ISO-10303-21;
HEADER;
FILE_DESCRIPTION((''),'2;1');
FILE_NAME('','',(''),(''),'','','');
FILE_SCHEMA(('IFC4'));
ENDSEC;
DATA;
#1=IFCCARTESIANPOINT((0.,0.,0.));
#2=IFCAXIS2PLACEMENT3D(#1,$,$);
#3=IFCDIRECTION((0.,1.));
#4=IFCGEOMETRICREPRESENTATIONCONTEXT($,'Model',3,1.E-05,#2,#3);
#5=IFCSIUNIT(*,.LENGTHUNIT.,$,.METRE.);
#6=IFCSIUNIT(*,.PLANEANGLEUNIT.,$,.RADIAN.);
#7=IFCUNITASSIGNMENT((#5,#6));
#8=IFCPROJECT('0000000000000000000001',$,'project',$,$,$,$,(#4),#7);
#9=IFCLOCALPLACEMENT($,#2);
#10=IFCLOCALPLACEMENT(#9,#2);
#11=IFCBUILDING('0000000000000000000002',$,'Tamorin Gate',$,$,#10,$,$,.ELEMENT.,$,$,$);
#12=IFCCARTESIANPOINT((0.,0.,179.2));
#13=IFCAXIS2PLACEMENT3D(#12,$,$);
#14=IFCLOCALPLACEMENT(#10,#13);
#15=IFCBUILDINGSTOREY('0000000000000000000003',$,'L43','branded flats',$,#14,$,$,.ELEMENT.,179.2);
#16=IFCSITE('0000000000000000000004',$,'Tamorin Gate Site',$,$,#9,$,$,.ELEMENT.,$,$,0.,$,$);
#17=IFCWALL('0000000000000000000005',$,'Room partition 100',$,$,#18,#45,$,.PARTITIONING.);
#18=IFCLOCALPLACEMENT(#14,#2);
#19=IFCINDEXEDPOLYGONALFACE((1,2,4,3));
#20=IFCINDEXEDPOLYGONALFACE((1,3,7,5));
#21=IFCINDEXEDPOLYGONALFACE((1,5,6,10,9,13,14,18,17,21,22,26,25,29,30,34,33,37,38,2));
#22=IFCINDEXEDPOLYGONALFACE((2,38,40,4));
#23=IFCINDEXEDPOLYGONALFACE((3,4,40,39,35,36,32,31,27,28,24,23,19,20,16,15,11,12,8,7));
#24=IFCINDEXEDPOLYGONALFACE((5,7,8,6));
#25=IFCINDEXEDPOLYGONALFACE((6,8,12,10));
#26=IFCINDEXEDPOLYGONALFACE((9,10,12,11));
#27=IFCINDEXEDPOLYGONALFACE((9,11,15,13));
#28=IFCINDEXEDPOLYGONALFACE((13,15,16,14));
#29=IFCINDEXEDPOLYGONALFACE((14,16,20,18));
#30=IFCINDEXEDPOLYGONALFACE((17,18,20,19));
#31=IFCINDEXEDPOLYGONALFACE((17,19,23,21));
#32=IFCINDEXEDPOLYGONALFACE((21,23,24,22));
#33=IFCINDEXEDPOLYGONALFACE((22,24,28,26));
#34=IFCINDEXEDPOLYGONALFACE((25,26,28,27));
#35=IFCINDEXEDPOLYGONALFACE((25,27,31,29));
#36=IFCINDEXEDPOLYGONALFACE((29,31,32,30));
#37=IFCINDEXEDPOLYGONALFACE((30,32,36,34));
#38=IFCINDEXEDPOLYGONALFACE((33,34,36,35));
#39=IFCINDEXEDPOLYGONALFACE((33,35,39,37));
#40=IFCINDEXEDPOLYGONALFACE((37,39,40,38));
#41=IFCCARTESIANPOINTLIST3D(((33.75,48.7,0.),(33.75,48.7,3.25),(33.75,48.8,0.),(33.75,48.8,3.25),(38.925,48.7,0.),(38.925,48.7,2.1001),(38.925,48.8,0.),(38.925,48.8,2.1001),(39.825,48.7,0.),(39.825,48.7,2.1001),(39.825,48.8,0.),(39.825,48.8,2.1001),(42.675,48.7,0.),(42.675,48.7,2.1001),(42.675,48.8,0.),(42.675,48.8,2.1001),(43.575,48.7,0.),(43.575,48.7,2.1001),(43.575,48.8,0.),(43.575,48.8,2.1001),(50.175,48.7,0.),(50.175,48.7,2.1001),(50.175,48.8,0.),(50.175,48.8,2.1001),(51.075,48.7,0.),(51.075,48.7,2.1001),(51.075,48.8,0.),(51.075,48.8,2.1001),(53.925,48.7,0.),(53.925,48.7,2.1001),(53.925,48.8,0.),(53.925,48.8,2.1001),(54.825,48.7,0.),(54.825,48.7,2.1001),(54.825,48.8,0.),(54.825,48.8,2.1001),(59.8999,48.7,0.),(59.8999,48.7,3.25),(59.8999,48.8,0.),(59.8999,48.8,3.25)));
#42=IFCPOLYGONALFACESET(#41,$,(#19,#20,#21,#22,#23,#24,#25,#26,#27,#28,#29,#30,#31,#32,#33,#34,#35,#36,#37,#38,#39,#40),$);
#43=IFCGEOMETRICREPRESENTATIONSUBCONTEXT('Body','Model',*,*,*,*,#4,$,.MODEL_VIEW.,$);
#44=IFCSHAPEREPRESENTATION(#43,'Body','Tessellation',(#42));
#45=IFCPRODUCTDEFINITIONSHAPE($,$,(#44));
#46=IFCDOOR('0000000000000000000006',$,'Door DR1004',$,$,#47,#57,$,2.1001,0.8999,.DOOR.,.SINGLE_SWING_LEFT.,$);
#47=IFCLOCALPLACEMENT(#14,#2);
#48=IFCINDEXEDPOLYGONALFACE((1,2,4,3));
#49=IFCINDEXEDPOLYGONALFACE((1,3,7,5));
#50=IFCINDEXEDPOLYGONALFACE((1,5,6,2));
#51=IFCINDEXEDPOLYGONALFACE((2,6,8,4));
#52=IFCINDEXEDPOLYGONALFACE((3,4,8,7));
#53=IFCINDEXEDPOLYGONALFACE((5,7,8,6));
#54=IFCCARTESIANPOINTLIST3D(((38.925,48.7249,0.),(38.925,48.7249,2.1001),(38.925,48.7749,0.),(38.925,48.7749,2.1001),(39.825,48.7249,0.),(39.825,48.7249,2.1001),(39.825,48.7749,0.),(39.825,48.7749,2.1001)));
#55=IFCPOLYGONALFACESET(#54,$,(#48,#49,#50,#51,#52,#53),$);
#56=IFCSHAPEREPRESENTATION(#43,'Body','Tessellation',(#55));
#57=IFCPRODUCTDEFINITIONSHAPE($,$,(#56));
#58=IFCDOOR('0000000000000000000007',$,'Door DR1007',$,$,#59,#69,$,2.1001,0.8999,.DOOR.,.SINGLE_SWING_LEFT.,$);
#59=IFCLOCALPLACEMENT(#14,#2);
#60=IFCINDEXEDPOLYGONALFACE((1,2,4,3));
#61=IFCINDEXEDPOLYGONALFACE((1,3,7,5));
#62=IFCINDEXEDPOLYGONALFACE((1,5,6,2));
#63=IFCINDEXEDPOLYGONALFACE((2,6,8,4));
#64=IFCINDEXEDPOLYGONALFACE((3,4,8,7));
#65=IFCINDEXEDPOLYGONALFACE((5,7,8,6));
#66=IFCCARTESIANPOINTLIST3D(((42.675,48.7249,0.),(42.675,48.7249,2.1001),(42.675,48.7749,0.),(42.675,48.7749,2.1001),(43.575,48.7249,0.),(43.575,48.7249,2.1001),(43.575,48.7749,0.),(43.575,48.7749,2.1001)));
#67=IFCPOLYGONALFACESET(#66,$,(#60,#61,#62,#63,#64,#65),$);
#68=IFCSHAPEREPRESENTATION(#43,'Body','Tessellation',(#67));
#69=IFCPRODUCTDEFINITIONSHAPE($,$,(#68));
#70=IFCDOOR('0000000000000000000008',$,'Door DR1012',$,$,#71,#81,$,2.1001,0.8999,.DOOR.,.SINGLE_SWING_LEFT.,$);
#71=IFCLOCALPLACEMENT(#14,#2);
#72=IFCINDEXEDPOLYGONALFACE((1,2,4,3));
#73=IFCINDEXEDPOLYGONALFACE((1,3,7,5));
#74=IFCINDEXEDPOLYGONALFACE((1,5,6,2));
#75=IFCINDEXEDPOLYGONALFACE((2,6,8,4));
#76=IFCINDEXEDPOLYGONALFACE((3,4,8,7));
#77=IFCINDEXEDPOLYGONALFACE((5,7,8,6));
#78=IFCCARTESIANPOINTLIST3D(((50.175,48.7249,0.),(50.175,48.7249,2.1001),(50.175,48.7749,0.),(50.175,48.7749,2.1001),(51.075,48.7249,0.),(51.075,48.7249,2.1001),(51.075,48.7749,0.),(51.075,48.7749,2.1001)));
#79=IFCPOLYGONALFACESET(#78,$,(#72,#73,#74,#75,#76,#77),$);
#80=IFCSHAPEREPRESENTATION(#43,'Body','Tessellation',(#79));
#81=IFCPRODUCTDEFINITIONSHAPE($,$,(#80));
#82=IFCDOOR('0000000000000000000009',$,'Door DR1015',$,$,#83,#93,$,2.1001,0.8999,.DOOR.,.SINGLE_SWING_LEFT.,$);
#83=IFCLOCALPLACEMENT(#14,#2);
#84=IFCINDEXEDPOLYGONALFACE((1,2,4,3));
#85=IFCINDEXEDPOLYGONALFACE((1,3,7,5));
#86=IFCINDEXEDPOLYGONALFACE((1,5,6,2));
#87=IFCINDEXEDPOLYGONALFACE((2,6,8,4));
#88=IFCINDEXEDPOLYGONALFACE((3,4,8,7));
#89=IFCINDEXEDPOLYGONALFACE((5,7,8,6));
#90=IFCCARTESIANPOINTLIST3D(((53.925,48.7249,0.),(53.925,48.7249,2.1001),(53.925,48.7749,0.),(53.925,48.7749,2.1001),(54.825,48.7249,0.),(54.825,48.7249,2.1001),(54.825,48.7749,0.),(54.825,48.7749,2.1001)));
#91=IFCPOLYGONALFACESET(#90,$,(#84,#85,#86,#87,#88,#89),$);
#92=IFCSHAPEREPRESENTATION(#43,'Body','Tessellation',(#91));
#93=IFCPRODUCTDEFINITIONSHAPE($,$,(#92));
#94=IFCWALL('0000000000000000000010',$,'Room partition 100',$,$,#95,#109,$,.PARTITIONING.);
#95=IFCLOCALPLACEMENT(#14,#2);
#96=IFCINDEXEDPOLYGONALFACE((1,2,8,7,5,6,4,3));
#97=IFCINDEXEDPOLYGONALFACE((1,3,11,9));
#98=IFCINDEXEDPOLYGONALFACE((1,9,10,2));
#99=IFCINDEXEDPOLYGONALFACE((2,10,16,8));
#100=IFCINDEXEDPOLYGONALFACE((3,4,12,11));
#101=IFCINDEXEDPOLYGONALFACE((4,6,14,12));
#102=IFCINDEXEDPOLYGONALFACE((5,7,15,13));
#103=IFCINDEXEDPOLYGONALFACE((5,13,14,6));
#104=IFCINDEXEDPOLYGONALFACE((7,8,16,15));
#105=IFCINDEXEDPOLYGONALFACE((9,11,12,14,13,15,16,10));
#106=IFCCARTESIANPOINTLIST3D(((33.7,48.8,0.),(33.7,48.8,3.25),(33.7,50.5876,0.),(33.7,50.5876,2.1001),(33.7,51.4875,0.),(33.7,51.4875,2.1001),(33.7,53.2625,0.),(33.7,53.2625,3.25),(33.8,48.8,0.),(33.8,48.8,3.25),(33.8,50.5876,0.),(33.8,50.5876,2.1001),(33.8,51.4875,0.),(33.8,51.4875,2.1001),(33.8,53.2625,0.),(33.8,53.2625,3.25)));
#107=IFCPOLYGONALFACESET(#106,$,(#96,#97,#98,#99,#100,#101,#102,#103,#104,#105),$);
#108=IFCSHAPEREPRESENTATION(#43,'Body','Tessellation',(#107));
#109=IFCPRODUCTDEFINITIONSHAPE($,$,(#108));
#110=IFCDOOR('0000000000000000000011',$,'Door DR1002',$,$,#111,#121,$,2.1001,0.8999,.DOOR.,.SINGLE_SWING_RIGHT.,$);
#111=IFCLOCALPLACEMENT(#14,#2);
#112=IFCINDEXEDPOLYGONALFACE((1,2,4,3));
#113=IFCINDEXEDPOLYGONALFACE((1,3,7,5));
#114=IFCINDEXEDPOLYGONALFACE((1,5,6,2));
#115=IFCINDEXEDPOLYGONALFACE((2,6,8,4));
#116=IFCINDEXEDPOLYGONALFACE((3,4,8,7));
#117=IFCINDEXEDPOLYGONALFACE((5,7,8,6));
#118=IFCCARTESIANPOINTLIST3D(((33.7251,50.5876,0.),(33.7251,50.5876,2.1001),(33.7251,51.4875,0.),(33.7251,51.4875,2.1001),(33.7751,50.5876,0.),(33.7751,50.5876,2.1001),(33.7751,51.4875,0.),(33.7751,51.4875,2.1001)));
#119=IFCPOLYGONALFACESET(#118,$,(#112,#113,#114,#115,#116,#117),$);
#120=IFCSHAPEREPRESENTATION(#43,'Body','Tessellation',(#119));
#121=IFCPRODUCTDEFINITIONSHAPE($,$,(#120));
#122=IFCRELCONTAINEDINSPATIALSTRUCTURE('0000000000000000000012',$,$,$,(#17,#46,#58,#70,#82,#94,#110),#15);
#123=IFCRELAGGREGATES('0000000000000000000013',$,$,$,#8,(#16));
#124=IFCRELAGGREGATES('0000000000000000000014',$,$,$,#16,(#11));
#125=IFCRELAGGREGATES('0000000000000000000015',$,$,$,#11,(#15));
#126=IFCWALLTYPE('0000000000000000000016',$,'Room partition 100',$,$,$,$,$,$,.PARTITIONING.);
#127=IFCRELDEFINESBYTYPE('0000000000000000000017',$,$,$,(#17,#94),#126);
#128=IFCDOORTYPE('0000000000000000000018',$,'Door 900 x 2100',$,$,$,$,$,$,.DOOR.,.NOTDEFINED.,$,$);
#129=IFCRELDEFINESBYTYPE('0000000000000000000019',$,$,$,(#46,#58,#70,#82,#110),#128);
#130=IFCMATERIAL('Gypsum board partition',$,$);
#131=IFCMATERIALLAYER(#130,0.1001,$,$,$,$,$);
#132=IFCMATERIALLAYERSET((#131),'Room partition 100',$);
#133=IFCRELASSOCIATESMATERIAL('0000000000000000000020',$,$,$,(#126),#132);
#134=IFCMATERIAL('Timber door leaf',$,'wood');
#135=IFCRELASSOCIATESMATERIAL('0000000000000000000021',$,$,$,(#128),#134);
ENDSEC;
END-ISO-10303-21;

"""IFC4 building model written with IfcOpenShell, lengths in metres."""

from ifc_helpers import new_model, si_unit, direction, frame, frame_2d, origin, place, context, subcontext, project, spatial, rectangle, extrude, material, layer, layer_set, type_object, element, fill, save


model = new_model("IFC4")

# Units and contexts
model_context = context("Model", 3, precision=1e-05, world=origin(), true_north=direction((0.0, 1.0)))
body_context = subcontext(model_context, "Body", "Model", "MODEL_VIEW")
ifc_project = project(units=[si_unit("LENGTHUNIT", "METRE"), si_unit("PLANEANGLEUNIT", "RADIAN")], contexts=[model_context])

# Site, building, storey
site_placement = place(None, origin())
site = spatial("IfcSite", under=ifc_project, at=site_placement, Name="Tamorin Gate Site", CompositionType="ELEMENT", RefElevation=0.0)
building_placement = place(site_placement, origin())
building = spatial("IfcBuilding", under=site, at=building_placement, Name="Tamorin Gate", CompositionType="ELEMENT")
storey_placement = place(building_placement, frame((0.0, 0.0, 179.2)))
storey = spatial("IfcBuildingStorey", under=building, at=storey_placement, Name="L43", Description="branded flats", CompositionType="ELEMENT", Elevation=179.2)

# Wall, openings, doors
ifc_material_1 = material(Name="Gypsum board partition")
ifc_layer_1 = layer(ifc_material_1, 0.1001)
ifc_layer_set_1 = layer_set([ifc_layer_1], Name="Room partition 100")
wall_type_1 = type_object("IfcWallType", Name="Room partition 100", PredefinedType="PARTITIONING", material=ifc_layer_set_1)
wall_1_placement = place(storey_placement, frame((33.75, 48.75, 0.0), z_axis=(0.0, 0.0, 1.0), x_axis=(1.0, 0.0, 0.0)))
wall_1 = element("IfcWall", 1, at=wall_1_placement, inside=storey, type_object=wall_type_1, Name="Room partition 100", PredefinedType="PARTITIONING", context=body_context, shape_type="SweptSolid", body=[
    extrude(rectangle(XDim=26.1499, YDim=0.1001, at=frame_2d((13.075, 0.0))), origin(), (0.0, 0.0, 1.0), 3.25),
])
opening_1_placement = place(wall_1_placement, frame((5.175, 0.0, 0.0)))
opening_1 = element("IfcOpeningElement", 2, at=opening_1_placement, cuts=wall_1, PredefinedType="OPENING", context=body_context, shape_type="SweptSolid", body=[
    extrude(rectangle(XDim=0.8999, YDim=2.1001, at=frame_2d((0.45, 1.05))), frame((0.0, 0.0601, 0.0), z_axis=(0.0, -1.0, 0.0), x_axis=(1.0, 0.0, 0.0)), (0.0, 0.0, 1.0), 0.1201),
])
opening_2_placement = place(wall_1_placement, frame((8.925, 0.0, 0.0)))
opening_2 = element("IfcOpeningElement", 3, at=opening_2_placement, cuts=wall_1, PredefinedType="OPENING", context=body_context, shape_type="SweptSolid", body=[
    extrude(rectangle(XDim=0.8999, YDim=2.1001, at=frame_2d((0.45, 1.05))), frame((0.0, 0.0601, 0.0), z_axis=(0.0, -1.0, 0.0), x_axis=(1.0, 0.0, 0.0)), (0.0, 0.0, 1.0), 0.1201),
])
opening_3_placement = place(wall_1_placement, frame((16.425, 0.0, 0.0)))
opening_3 = element("IfcOpeningElement", 4, at=opening_3_placement, cuts=wall_1, PredefinedType="OPENING", context=body_context, shape_type="SweptSolid", body=[
    extrude(rectangle(XDim=0.8999, YDim=2.1001, at=frame_2d((0.45, 1.05))), frame((0.0, 0.0601, 0.0), z_axis=(0.0, -1.0, 0.0), x_axis=(1.0, 0.0, 0.0)), (0.0, 0.0, 1.0), 0.1201),
])
opening_4_placement = place(wall_1_placement, frame((20.175, 0.0, 0.0)))
opening_4 = element("IfcOpeningElement", 5, at=opening_4_placement, cuts=wall_1, PredefinedType="OPENING", context=body_context, shape_type="SweptSolid", body=[
    extrude(rectangle(XDim=0.8999, YDim=2.1001, at=frame_2d((0.45, 1.05))), frame((0.0, 0.0601, 0.0), z_axis=(0.0, -1.0, 0.0), x_axis=(1.0, 0.0, 0.0)), (0.0, 0.0, 1.0), 0.1201),
])
ifc_material_2 = material(Name="Timber door leaf", Category="wood")
door_type = type_object("IfcDoorType", Name="Door 900 x 2100", OperationType="NOTDEFINED", PredefinedType="DOOR", material=ifc_material_2)
door_1_placement = place(opening_1_placement, origin())
door_1 = element("IfcDoor", 6, at=door_1_placement, inside=storey, type_object=door_type, Name="Door DR1004", OperationType="SINGLE_SWING_LEFT", OverallHeight=2.1001, OverallWidth=0.8999, PredefinedType="DOOR", context=body_context, shape_type="SweptSolid", body=[
    extrude(rectangle(XDim=0.8999, YDim=2.1001, at=frame_2d((0.45, 1.05))), frame((0.0, 0.0249, 0.0), z_axis=(0.0, -1.0, 0.0), x_axis=(1.0, 0.0, 0.0)), (0.0, 0.0, 1.0), 0.05),
])
fill(opening_1, door_1)
door_2_placement = place(opening_2_placement, origin())
door_2 = element("IfcDoor", 7, at=door_2_placement, inside=storey, type_object=door_type, Name="Door DR1007", OperationType="SINGLE_SWING_LEFT", OverallHeight=2.1001, OverallWidth=0.8999, PredefinedType="DOOR", context=body_context, shape_type="SweptSolid", body=[
    extrude(rectangle(XDim=0.8999, YDim=2.1001, at=frame_2d((0.45, 1.05))), frame((0.0, 0.0249, 0.0), z_axis=(0.0, -1.0, 0.0), x_axis=(1.0, 0.0, 0.0)), (0.0, 0.0, 1.0), 0.05),
])
fill(opening_2, door_2)
door_3_placement = place(opening_3_placement, origin())
door_3 = element("IfcDoor", 8, at=door_3_placement, inside=storey, type_object=door_type, Name="Door DR1012", OperationType="SINGLE_SWING_LEFT", OverallHeight=2.1001, OverallWidth=0.8999, PredefinedType="DOOR", context=body_context, shape_type="SweptSolid", body=[
    extrude(rectangle(XDim=0.8999, YDim=2.1001, at=frame_2d((0.45, 1.05))), frame((0.0, 0.0249, 0.0), z_axis=(0.0, -1.0, 0.0), x_axis=(1.0, 0.0, 0.0)), (0.0, 0.0, 1.0), 0.05),
])
fill(opening_3, door_3)
door_4_placement = place(opening_4_placement, origin())
door_4 = element("IfcDoor", 9, at=door_4_placement, inside=storey, type_object=door_type, Name="Door DR1015", OperationType="SINGLE_SWING_LEFT", OverallHeight=2.1001, OverallWidth=0.8999, PredefinedType="DOOR", context=body_context, shape_type="SweptSolid", body=[
    extrude(rectangle(XDim=0.8999, YDim=2.1001, at=frame_2d((0.45, 1.05))), frame((0.0, 0.0249, 0.0), z_axis=(0.0, -1.0, 0.0), x_axis=(1.0, 0.0, 0.0)), (0.0, 0.0, 1.0), 0.05),
])
fill(opening_4, door_4)

# Wall, opening, door
wall_2_placement = place(storey_placement, frame((33.75, 48.8, 0.0), z_axis=(0.0, 0.0, 1.0), x_axis=(0.0, 1.0, 0.0)))
wall_2 = element("IfcWall", 10, at=wall_2_placement, inside=storey, type_object=wall_type_1, Name="Room partition 100", PredefinedType="PARTITIONING", context=body_context, shape_type="SweptSolid", body=[
    extrude(rectangle(XDim=4.4624, YDim=0.1001, at=frame_2d((2.2312, 0.0))), origin(), (0.0, 0.0, 1.0), 3.25),
])
opening_5_placement = place(wall_2_placement, frame((1.7876, 0.0, 0.0)))
opening_5 = element("IfcOpeningElement", 11, at=opening_5_placement, cuts=wall_2, PredefinedType="OPENING", context=body_context, shape_type="SweptSolid", body=[
    extrude(rectangle(XDim=0.8999, YDim=2.1001, at=frame_2d((0.45, 1.05))), frame((0.0, 0.0601, 0.0), z_axis=(0.0, -1.0, 0.0), x_axis=(1.0, 0.0, 0.0)), (0.0, 0.0, 1.0), 0.1201),
])
door_5_placement = place(opening_5_placement, origin())
door_5 = element("IfcDoor", 12, at=door_5_placement, inside=storey, type_object=door_type, Name="Door DR1002", OperationType="SINGLE_SWING_RIGHT", OverallHeight=2.1001, OverallWidth=0.8999, PredefinedType="DOOR", context=body_context, shape_type="SweptSolid", body=[
    extrude(rectangle(XDim=0.8999, YDim=2.1001, at=frame_2d((0.45, 1.05))), frame((0.0, 0.0249, 0.0), z_axis=(0.0, -1.0, 0.0), x_axis=(1.0, 0.0, 0.0)), (0.0, 0.0, 1.0), 0.05),
])
fill(opening_5, door_5)

save(model, "model.ifc")
